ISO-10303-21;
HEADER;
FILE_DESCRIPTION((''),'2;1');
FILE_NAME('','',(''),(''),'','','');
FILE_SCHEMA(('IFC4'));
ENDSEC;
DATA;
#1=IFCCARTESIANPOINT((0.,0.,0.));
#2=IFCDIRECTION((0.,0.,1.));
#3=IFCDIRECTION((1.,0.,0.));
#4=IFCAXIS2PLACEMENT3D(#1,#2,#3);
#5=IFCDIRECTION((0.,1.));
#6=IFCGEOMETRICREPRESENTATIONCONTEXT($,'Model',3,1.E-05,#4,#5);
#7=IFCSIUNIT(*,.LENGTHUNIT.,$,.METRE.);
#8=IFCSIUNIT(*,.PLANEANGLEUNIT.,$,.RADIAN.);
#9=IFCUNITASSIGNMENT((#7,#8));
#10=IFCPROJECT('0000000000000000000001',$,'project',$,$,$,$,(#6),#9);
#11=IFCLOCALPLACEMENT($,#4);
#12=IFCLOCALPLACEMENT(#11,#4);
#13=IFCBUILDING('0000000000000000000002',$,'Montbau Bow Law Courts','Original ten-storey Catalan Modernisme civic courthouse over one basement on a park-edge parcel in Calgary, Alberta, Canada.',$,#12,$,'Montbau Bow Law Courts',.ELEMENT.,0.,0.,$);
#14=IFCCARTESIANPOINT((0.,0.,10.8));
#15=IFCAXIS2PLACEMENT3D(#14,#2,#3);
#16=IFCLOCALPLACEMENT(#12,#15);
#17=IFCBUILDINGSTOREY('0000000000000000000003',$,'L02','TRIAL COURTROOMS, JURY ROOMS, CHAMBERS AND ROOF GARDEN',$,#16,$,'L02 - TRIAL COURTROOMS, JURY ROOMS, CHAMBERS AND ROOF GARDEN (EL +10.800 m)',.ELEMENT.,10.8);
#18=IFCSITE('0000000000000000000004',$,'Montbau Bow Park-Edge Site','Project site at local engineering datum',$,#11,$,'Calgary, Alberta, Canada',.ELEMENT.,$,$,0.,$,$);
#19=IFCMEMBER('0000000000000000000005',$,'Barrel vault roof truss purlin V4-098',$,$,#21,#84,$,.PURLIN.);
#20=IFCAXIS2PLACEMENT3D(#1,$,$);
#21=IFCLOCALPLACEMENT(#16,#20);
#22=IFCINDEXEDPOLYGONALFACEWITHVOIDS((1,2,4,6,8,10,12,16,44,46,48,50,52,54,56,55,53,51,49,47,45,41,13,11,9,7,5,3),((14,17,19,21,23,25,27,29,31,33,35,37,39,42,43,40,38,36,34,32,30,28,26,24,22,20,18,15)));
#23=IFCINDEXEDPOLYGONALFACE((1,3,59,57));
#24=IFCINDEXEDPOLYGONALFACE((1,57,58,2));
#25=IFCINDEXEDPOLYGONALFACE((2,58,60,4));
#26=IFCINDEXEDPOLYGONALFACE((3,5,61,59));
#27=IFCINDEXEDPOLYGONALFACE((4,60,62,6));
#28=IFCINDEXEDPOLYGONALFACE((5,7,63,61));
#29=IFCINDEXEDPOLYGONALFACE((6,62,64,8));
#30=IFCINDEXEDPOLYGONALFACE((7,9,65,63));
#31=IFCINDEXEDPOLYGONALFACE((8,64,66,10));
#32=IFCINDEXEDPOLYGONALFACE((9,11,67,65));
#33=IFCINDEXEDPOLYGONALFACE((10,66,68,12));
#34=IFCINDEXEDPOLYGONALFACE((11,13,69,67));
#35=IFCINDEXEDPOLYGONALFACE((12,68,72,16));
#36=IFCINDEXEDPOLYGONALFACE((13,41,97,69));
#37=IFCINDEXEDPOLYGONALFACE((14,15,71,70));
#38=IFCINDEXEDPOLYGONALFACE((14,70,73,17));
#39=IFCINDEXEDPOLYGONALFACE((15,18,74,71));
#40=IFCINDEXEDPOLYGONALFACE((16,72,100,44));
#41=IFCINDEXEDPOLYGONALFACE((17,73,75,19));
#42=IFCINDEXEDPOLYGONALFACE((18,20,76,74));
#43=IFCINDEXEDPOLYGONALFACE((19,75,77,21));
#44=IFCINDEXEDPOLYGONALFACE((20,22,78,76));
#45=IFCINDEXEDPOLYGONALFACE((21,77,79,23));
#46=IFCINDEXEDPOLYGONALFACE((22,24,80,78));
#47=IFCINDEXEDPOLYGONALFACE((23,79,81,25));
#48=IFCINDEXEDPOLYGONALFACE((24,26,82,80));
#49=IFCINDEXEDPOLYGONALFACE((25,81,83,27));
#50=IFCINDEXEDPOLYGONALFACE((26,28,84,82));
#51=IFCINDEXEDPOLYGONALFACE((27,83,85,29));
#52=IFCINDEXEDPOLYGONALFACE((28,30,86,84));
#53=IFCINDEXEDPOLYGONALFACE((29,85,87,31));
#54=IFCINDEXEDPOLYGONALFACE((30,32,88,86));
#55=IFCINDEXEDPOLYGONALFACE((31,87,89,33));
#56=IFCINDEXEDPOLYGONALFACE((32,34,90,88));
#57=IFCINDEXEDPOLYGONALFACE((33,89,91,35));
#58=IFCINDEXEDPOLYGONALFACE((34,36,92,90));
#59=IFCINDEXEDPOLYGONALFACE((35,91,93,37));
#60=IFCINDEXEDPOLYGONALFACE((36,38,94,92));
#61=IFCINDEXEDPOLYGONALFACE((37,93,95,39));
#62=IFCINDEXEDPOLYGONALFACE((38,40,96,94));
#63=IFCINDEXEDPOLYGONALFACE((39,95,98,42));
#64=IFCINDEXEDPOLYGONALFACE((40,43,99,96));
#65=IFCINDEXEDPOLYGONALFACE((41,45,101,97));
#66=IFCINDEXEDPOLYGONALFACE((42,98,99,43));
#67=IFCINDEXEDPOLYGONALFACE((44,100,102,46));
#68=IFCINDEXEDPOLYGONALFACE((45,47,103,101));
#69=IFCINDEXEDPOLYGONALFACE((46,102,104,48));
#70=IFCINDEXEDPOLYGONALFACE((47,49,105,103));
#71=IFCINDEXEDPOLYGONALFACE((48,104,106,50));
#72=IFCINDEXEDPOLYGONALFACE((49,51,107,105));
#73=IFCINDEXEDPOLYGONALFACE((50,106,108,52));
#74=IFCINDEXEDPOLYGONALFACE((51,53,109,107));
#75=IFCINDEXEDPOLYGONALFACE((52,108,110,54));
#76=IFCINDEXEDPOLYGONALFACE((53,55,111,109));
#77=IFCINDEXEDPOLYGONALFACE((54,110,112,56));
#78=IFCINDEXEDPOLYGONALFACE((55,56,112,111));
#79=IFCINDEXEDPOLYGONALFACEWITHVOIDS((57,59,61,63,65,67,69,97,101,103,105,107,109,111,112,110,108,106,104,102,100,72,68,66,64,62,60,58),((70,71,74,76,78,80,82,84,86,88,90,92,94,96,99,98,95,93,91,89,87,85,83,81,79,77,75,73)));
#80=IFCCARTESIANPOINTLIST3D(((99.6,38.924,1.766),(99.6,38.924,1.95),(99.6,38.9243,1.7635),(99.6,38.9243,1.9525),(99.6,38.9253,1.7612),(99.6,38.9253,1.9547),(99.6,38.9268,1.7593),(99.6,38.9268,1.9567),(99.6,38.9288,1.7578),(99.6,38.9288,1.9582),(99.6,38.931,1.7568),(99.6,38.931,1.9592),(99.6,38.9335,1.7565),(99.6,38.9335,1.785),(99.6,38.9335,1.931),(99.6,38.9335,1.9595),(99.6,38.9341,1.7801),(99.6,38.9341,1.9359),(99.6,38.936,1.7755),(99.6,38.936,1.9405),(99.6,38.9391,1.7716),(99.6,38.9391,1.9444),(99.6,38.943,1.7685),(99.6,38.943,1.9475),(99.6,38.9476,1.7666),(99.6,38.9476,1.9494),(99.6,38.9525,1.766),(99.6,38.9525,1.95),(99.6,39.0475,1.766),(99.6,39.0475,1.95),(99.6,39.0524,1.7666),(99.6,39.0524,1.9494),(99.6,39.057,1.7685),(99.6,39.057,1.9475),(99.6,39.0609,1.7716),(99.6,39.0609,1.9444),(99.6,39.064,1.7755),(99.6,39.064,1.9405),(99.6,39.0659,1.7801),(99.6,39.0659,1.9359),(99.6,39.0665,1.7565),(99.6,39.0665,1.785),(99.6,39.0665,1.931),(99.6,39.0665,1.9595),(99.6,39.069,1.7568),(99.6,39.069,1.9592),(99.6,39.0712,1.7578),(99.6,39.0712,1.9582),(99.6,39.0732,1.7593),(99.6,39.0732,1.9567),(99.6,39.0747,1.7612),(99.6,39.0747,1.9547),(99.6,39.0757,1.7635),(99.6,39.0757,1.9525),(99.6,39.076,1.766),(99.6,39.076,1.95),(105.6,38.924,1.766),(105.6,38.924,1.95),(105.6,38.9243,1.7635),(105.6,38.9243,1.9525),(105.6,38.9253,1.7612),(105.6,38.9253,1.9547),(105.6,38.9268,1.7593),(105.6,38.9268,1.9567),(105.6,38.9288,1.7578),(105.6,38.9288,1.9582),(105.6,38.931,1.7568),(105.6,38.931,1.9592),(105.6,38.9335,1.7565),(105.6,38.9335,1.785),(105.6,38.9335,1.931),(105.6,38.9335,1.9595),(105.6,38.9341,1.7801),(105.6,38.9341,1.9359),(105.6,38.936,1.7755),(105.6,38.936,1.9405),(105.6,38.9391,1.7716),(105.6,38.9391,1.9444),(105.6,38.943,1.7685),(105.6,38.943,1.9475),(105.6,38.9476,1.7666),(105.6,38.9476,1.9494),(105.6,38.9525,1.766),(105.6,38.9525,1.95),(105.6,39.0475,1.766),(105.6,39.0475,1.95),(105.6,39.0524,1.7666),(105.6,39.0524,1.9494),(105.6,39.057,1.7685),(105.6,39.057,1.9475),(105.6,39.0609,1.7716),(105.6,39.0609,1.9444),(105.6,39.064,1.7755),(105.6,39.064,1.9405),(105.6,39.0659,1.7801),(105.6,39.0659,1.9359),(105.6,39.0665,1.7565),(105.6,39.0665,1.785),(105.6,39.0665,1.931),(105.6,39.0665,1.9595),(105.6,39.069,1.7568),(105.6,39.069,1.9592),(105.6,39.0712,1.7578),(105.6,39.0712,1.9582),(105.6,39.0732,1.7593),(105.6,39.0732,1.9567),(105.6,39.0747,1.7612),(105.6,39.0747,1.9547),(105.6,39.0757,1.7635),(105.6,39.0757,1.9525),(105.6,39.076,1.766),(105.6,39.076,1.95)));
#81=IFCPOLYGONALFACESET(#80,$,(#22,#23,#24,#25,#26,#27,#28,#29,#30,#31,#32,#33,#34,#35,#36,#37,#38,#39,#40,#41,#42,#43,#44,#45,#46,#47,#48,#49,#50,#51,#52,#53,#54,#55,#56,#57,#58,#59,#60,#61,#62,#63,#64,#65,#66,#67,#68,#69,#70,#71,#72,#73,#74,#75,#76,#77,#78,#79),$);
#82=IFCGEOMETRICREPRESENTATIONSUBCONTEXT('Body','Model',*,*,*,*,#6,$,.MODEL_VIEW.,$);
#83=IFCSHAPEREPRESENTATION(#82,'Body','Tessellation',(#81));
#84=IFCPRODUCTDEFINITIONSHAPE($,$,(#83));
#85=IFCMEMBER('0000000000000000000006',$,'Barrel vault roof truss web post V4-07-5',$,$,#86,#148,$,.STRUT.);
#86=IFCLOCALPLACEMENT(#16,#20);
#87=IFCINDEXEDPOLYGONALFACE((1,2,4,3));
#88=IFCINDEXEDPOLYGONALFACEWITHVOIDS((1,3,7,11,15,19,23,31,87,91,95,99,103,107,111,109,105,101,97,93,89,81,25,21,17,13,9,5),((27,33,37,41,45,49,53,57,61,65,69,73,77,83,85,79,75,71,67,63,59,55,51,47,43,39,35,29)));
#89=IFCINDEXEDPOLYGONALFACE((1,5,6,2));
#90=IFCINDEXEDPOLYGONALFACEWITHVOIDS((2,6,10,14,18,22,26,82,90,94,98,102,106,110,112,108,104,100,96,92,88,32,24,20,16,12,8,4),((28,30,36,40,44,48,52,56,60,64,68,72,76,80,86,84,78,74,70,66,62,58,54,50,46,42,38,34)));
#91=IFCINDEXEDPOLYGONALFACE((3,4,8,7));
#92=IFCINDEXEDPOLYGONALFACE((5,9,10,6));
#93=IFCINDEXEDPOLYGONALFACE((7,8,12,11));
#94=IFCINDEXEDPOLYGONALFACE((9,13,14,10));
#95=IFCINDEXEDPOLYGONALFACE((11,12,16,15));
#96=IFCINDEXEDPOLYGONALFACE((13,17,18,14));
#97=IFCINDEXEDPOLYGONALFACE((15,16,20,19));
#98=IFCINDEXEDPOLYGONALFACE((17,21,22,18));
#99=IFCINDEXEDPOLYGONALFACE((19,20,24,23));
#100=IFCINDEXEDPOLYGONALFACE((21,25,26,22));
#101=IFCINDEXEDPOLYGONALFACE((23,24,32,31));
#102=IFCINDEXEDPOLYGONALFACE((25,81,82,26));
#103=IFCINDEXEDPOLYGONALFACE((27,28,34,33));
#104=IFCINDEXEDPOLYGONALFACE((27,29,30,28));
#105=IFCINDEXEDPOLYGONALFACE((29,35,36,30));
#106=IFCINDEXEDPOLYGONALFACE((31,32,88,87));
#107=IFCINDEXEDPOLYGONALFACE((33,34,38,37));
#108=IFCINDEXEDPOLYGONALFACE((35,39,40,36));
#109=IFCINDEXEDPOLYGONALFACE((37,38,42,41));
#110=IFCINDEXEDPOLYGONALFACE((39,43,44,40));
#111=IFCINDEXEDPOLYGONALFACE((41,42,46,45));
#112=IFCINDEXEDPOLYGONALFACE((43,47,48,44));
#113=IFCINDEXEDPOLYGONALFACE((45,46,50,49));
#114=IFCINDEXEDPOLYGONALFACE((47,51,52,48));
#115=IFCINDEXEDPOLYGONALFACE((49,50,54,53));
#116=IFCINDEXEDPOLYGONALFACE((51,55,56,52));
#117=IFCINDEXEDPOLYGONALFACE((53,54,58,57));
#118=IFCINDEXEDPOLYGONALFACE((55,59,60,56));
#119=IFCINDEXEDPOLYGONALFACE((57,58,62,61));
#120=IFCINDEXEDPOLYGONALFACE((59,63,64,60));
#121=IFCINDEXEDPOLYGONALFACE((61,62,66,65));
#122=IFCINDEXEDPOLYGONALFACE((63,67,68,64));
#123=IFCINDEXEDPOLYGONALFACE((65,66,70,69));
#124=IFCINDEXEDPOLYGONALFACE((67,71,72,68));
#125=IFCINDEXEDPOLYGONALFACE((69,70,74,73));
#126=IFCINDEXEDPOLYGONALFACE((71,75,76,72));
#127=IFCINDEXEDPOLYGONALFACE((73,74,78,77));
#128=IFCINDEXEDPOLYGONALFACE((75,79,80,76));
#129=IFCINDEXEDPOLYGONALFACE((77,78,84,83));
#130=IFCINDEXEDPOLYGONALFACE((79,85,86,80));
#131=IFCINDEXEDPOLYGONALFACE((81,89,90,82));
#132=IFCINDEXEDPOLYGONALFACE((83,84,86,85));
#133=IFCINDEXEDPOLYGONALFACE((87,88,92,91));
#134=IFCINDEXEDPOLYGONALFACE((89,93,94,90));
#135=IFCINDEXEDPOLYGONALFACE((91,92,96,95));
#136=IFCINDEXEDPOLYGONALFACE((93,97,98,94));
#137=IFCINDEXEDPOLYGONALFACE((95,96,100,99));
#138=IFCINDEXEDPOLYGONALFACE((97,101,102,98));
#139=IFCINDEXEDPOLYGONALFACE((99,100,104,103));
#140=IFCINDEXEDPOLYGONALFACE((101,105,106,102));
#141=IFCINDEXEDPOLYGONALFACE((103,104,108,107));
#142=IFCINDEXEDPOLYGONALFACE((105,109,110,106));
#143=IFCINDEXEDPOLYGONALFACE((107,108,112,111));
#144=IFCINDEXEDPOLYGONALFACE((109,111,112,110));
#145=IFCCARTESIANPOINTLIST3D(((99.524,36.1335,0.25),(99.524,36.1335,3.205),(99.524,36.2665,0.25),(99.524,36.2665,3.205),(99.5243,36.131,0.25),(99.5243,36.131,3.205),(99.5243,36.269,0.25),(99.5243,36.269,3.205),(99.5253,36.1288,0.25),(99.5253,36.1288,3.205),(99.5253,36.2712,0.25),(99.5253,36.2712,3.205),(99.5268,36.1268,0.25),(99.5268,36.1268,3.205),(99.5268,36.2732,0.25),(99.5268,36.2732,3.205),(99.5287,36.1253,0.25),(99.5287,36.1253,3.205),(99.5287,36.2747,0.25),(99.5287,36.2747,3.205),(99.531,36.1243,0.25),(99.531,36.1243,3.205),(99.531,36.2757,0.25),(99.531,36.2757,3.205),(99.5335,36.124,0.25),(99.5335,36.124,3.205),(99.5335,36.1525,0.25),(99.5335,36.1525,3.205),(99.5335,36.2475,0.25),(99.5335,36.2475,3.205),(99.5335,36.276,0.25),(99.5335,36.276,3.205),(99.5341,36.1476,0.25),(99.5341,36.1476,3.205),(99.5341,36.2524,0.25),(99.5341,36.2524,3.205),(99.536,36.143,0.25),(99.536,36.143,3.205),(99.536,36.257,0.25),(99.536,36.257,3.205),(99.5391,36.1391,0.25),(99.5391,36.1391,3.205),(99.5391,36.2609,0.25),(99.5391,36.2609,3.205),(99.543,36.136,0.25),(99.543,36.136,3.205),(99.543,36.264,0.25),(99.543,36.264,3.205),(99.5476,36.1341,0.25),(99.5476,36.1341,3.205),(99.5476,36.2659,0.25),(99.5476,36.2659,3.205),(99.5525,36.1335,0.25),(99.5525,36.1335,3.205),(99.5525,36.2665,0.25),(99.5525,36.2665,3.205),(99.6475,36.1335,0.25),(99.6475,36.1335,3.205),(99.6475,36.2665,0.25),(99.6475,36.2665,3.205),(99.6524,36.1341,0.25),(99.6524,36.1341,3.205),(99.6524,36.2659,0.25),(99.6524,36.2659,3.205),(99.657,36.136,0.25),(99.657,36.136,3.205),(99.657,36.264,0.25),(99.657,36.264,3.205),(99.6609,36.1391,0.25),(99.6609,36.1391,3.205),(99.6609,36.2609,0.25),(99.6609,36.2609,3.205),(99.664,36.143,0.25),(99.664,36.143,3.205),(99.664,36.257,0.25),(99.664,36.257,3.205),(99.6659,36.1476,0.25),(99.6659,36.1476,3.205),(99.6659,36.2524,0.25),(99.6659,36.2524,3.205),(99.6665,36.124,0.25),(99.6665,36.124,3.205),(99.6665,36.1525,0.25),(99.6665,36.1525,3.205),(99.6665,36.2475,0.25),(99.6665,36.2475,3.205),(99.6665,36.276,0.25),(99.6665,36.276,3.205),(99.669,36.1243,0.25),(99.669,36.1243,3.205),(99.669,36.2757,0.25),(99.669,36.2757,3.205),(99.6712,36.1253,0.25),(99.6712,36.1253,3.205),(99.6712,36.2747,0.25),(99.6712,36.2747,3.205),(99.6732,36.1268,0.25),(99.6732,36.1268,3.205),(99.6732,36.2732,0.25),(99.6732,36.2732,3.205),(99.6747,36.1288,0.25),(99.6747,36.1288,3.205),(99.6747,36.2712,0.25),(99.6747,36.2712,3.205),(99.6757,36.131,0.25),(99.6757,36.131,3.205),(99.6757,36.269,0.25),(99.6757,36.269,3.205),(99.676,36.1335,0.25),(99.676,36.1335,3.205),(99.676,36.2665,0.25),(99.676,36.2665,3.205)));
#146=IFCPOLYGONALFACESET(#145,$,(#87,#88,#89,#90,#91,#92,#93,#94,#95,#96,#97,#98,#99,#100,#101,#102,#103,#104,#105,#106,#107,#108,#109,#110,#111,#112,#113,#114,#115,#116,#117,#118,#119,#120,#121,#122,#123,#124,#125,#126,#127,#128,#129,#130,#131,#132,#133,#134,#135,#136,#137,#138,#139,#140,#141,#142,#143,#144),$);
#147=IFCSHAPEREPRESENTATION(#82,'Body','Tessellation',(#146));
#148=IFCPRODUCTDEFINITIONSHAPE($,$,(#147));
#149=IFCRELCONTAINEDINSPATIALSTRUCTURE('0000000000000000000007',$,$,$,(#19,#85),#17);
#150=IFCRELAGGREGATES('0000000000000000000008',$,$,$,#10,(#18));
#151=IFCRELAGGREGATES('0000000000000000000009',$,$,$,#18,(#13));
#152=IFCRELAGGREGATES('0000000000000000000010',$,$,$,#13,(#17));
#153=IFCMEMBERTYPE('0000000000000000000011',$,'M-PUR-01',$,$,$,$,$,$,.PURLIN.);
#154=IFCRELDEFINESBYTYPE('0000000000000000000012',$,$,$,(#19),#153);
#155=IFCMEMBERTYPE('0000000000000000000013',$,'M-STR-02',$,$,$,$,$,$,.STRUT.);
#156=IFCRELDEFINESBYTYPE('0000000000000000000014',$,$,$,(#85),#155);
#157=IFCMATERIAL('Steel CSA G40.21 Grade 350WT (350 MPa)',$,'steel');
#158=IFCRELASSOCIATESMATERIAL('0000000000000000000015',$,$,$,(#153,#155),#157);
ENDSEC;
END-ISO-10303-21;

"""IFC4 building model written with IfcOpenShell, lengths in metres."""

from ifc_helpers import new_model, si_unit, direction, frame, origin_with_axes, origin_2d_with_axis, place, context, subcontext, project, spatial, hollow_rectangle, extrude, material, material_profile, profile_set, type_object, element, save


model = new_model("IFC4")

# Units and contexts
model_context = context("Model", 3, precision=1e-05, world=origin_with_axes(), true_north=direction((0.0, 1.0)))
body_context = subcontext(model_context, "Body", "Model", "MODEL_VIEW")
ifc_project = project(units=[si_unit("LENGTHUNIT", "METRE"), si_unit("PLANEANGLEUNIT", "RADIAN")], contexts=[model_context])

# Site, building, storey
site_placement = place(None, origin_with_axes())
site = spatial("IfcSite", under=ifc_project, at=site_placement, Name="Montbau Bow Park-Edge Site", Description="Project site at local engineering datum", LongName="Calgary, Alberta, Canada", CompositionType="ELEMENT", RefElevation=0.0)
building_placement = place(site_placement, origin_with_axes())
building = spatial("IfcBuilding", under=site, at=building_placement, Name="Montbau Bow Law Courts", Description="Original ten-storey Catalan Modernisme civic courthouse over one basement on a park-edge parcel in Calgary, Alberta, Canada.", LongName="Montbau Bow Law Courts", CompositionType="ELEMENT", ElevationOfRefHeight=0.0, ElevationOfTerrain=0.0)
storey_placement = place(building_placement, frame((0.0, 0.0, 10.8), z_axis=(0.0, 0.0, 1.0), x_axis=(1.0, 0.0, 0.0)))
storey = spatial("IfcBuildingStorey", under=building, at=storey_placement, Name="L02", Description="TRIAL COURTROOMS, JURY ROOMS, CHAMBERS AND ROOF GARDEN", LongName="L02 - TRIAL COURTROOMS, JURY ROOMS, CHAMBERS AND ROOF GARDEN (EL +10.800 m)", CompositionType="ELEMENT", Elevation=10.8)

# Shared definitions
ifc_material_1 = material(Name="Steel CSA G40.21 Grade 350WT (350 MPa)", Category="steel")

# Members
ifc_material_profile_1 = material_profile(ifc_material_1, hollow_rectangle(XDim=0.152, YDim=0.203, WallThickness=0.0095, InnerFilletRadius=0.019, OuterFilletRadius=0.0095, at=origin_2d_with_axis()), Name="HSS203X152X9.5", Category="Main", Priority=0)
ifc_profile_set_1 = profile_set([ifc_material_profile_1], Name="Steel CSA G40.21 Grade 350WT (350 MPa)")
member_type_1 = type_object("IfcMemberType", Name="M-PUR-01", PredefinedType="PURLIN", material=ifc_profile_set_1)
for number, where, z_axis, x_axis, name in (
    (1, (99.6, 39.0, 12.658), (1.0, 0.0, 0.0), (0.0, 1.0, 0.0), "Barrel vault roof truss purlin V4-098"),
):
    element("IfcMember", number, at=place(None, frame(where, z_axis=z_axis, x_axis=x_axis)), inside=storey, type_object=member_type_1, Name=name, PredefinedType="PURLIN", context=body_context, shape_type="SweptSolid", body=[
        extrude(hollow_rectangle(XDim=0.152, YDim=0.203, WallThickness=0.0095, InnerFilletRadius=0.019, OuterFilletRadius=0.0095, at=origin_2d_with_axis()), origin_with_axes(), (0.0, 0.0, 1.0), 6.0),
    ])
ifc_material_profile_2 = material_profile(ifc_material_1, hollow_rectangle(XDim=0.152, YDim=0.152, WallThickness=0.0095, InnerFilletRadius=0.019, OuterFilletRadius=0.0095, at=origin_2d_with_axis()), Name="HSS152X152X9.5", Category="Main", Priority=0)
ifc_profile_set_2 = profile_set([ifc_material_profile_2], Name="Steel CSA G40.21 Grade 350WT (350 MPa)")
member_type_2 = type_object("IfcMemberType", Name="M-STR-02", PredefinedType="STRUT", material=ifc_profile_set_2)
member_1_placement = place(None, frame((99.6, 36.2, 11.05), z_axis=(0.0, 0.0, 1.0), x_axis=(1.0, 0.0, 0.0)))
element("IfcMember", 2, at=member_1_placement, inside=storey, type_object=member_type_2, Name="Barrel vault roof truss web post V4-07-5", PredefinedType="STRUT", context=body_context, shape_type="SweptSolid", body=[
    extrude(hollow_rectangle(XDim=0.152, YDim=0.152, WallThickness=0.0095, InnerFilletRadius=0.019, OuterFilletRadius=0.0095, at=origin_2d_with_axis()), origin_with_axes(), (0.0, 0.0, 1.0), 2.955),
])

save(model, "model.ifc")
